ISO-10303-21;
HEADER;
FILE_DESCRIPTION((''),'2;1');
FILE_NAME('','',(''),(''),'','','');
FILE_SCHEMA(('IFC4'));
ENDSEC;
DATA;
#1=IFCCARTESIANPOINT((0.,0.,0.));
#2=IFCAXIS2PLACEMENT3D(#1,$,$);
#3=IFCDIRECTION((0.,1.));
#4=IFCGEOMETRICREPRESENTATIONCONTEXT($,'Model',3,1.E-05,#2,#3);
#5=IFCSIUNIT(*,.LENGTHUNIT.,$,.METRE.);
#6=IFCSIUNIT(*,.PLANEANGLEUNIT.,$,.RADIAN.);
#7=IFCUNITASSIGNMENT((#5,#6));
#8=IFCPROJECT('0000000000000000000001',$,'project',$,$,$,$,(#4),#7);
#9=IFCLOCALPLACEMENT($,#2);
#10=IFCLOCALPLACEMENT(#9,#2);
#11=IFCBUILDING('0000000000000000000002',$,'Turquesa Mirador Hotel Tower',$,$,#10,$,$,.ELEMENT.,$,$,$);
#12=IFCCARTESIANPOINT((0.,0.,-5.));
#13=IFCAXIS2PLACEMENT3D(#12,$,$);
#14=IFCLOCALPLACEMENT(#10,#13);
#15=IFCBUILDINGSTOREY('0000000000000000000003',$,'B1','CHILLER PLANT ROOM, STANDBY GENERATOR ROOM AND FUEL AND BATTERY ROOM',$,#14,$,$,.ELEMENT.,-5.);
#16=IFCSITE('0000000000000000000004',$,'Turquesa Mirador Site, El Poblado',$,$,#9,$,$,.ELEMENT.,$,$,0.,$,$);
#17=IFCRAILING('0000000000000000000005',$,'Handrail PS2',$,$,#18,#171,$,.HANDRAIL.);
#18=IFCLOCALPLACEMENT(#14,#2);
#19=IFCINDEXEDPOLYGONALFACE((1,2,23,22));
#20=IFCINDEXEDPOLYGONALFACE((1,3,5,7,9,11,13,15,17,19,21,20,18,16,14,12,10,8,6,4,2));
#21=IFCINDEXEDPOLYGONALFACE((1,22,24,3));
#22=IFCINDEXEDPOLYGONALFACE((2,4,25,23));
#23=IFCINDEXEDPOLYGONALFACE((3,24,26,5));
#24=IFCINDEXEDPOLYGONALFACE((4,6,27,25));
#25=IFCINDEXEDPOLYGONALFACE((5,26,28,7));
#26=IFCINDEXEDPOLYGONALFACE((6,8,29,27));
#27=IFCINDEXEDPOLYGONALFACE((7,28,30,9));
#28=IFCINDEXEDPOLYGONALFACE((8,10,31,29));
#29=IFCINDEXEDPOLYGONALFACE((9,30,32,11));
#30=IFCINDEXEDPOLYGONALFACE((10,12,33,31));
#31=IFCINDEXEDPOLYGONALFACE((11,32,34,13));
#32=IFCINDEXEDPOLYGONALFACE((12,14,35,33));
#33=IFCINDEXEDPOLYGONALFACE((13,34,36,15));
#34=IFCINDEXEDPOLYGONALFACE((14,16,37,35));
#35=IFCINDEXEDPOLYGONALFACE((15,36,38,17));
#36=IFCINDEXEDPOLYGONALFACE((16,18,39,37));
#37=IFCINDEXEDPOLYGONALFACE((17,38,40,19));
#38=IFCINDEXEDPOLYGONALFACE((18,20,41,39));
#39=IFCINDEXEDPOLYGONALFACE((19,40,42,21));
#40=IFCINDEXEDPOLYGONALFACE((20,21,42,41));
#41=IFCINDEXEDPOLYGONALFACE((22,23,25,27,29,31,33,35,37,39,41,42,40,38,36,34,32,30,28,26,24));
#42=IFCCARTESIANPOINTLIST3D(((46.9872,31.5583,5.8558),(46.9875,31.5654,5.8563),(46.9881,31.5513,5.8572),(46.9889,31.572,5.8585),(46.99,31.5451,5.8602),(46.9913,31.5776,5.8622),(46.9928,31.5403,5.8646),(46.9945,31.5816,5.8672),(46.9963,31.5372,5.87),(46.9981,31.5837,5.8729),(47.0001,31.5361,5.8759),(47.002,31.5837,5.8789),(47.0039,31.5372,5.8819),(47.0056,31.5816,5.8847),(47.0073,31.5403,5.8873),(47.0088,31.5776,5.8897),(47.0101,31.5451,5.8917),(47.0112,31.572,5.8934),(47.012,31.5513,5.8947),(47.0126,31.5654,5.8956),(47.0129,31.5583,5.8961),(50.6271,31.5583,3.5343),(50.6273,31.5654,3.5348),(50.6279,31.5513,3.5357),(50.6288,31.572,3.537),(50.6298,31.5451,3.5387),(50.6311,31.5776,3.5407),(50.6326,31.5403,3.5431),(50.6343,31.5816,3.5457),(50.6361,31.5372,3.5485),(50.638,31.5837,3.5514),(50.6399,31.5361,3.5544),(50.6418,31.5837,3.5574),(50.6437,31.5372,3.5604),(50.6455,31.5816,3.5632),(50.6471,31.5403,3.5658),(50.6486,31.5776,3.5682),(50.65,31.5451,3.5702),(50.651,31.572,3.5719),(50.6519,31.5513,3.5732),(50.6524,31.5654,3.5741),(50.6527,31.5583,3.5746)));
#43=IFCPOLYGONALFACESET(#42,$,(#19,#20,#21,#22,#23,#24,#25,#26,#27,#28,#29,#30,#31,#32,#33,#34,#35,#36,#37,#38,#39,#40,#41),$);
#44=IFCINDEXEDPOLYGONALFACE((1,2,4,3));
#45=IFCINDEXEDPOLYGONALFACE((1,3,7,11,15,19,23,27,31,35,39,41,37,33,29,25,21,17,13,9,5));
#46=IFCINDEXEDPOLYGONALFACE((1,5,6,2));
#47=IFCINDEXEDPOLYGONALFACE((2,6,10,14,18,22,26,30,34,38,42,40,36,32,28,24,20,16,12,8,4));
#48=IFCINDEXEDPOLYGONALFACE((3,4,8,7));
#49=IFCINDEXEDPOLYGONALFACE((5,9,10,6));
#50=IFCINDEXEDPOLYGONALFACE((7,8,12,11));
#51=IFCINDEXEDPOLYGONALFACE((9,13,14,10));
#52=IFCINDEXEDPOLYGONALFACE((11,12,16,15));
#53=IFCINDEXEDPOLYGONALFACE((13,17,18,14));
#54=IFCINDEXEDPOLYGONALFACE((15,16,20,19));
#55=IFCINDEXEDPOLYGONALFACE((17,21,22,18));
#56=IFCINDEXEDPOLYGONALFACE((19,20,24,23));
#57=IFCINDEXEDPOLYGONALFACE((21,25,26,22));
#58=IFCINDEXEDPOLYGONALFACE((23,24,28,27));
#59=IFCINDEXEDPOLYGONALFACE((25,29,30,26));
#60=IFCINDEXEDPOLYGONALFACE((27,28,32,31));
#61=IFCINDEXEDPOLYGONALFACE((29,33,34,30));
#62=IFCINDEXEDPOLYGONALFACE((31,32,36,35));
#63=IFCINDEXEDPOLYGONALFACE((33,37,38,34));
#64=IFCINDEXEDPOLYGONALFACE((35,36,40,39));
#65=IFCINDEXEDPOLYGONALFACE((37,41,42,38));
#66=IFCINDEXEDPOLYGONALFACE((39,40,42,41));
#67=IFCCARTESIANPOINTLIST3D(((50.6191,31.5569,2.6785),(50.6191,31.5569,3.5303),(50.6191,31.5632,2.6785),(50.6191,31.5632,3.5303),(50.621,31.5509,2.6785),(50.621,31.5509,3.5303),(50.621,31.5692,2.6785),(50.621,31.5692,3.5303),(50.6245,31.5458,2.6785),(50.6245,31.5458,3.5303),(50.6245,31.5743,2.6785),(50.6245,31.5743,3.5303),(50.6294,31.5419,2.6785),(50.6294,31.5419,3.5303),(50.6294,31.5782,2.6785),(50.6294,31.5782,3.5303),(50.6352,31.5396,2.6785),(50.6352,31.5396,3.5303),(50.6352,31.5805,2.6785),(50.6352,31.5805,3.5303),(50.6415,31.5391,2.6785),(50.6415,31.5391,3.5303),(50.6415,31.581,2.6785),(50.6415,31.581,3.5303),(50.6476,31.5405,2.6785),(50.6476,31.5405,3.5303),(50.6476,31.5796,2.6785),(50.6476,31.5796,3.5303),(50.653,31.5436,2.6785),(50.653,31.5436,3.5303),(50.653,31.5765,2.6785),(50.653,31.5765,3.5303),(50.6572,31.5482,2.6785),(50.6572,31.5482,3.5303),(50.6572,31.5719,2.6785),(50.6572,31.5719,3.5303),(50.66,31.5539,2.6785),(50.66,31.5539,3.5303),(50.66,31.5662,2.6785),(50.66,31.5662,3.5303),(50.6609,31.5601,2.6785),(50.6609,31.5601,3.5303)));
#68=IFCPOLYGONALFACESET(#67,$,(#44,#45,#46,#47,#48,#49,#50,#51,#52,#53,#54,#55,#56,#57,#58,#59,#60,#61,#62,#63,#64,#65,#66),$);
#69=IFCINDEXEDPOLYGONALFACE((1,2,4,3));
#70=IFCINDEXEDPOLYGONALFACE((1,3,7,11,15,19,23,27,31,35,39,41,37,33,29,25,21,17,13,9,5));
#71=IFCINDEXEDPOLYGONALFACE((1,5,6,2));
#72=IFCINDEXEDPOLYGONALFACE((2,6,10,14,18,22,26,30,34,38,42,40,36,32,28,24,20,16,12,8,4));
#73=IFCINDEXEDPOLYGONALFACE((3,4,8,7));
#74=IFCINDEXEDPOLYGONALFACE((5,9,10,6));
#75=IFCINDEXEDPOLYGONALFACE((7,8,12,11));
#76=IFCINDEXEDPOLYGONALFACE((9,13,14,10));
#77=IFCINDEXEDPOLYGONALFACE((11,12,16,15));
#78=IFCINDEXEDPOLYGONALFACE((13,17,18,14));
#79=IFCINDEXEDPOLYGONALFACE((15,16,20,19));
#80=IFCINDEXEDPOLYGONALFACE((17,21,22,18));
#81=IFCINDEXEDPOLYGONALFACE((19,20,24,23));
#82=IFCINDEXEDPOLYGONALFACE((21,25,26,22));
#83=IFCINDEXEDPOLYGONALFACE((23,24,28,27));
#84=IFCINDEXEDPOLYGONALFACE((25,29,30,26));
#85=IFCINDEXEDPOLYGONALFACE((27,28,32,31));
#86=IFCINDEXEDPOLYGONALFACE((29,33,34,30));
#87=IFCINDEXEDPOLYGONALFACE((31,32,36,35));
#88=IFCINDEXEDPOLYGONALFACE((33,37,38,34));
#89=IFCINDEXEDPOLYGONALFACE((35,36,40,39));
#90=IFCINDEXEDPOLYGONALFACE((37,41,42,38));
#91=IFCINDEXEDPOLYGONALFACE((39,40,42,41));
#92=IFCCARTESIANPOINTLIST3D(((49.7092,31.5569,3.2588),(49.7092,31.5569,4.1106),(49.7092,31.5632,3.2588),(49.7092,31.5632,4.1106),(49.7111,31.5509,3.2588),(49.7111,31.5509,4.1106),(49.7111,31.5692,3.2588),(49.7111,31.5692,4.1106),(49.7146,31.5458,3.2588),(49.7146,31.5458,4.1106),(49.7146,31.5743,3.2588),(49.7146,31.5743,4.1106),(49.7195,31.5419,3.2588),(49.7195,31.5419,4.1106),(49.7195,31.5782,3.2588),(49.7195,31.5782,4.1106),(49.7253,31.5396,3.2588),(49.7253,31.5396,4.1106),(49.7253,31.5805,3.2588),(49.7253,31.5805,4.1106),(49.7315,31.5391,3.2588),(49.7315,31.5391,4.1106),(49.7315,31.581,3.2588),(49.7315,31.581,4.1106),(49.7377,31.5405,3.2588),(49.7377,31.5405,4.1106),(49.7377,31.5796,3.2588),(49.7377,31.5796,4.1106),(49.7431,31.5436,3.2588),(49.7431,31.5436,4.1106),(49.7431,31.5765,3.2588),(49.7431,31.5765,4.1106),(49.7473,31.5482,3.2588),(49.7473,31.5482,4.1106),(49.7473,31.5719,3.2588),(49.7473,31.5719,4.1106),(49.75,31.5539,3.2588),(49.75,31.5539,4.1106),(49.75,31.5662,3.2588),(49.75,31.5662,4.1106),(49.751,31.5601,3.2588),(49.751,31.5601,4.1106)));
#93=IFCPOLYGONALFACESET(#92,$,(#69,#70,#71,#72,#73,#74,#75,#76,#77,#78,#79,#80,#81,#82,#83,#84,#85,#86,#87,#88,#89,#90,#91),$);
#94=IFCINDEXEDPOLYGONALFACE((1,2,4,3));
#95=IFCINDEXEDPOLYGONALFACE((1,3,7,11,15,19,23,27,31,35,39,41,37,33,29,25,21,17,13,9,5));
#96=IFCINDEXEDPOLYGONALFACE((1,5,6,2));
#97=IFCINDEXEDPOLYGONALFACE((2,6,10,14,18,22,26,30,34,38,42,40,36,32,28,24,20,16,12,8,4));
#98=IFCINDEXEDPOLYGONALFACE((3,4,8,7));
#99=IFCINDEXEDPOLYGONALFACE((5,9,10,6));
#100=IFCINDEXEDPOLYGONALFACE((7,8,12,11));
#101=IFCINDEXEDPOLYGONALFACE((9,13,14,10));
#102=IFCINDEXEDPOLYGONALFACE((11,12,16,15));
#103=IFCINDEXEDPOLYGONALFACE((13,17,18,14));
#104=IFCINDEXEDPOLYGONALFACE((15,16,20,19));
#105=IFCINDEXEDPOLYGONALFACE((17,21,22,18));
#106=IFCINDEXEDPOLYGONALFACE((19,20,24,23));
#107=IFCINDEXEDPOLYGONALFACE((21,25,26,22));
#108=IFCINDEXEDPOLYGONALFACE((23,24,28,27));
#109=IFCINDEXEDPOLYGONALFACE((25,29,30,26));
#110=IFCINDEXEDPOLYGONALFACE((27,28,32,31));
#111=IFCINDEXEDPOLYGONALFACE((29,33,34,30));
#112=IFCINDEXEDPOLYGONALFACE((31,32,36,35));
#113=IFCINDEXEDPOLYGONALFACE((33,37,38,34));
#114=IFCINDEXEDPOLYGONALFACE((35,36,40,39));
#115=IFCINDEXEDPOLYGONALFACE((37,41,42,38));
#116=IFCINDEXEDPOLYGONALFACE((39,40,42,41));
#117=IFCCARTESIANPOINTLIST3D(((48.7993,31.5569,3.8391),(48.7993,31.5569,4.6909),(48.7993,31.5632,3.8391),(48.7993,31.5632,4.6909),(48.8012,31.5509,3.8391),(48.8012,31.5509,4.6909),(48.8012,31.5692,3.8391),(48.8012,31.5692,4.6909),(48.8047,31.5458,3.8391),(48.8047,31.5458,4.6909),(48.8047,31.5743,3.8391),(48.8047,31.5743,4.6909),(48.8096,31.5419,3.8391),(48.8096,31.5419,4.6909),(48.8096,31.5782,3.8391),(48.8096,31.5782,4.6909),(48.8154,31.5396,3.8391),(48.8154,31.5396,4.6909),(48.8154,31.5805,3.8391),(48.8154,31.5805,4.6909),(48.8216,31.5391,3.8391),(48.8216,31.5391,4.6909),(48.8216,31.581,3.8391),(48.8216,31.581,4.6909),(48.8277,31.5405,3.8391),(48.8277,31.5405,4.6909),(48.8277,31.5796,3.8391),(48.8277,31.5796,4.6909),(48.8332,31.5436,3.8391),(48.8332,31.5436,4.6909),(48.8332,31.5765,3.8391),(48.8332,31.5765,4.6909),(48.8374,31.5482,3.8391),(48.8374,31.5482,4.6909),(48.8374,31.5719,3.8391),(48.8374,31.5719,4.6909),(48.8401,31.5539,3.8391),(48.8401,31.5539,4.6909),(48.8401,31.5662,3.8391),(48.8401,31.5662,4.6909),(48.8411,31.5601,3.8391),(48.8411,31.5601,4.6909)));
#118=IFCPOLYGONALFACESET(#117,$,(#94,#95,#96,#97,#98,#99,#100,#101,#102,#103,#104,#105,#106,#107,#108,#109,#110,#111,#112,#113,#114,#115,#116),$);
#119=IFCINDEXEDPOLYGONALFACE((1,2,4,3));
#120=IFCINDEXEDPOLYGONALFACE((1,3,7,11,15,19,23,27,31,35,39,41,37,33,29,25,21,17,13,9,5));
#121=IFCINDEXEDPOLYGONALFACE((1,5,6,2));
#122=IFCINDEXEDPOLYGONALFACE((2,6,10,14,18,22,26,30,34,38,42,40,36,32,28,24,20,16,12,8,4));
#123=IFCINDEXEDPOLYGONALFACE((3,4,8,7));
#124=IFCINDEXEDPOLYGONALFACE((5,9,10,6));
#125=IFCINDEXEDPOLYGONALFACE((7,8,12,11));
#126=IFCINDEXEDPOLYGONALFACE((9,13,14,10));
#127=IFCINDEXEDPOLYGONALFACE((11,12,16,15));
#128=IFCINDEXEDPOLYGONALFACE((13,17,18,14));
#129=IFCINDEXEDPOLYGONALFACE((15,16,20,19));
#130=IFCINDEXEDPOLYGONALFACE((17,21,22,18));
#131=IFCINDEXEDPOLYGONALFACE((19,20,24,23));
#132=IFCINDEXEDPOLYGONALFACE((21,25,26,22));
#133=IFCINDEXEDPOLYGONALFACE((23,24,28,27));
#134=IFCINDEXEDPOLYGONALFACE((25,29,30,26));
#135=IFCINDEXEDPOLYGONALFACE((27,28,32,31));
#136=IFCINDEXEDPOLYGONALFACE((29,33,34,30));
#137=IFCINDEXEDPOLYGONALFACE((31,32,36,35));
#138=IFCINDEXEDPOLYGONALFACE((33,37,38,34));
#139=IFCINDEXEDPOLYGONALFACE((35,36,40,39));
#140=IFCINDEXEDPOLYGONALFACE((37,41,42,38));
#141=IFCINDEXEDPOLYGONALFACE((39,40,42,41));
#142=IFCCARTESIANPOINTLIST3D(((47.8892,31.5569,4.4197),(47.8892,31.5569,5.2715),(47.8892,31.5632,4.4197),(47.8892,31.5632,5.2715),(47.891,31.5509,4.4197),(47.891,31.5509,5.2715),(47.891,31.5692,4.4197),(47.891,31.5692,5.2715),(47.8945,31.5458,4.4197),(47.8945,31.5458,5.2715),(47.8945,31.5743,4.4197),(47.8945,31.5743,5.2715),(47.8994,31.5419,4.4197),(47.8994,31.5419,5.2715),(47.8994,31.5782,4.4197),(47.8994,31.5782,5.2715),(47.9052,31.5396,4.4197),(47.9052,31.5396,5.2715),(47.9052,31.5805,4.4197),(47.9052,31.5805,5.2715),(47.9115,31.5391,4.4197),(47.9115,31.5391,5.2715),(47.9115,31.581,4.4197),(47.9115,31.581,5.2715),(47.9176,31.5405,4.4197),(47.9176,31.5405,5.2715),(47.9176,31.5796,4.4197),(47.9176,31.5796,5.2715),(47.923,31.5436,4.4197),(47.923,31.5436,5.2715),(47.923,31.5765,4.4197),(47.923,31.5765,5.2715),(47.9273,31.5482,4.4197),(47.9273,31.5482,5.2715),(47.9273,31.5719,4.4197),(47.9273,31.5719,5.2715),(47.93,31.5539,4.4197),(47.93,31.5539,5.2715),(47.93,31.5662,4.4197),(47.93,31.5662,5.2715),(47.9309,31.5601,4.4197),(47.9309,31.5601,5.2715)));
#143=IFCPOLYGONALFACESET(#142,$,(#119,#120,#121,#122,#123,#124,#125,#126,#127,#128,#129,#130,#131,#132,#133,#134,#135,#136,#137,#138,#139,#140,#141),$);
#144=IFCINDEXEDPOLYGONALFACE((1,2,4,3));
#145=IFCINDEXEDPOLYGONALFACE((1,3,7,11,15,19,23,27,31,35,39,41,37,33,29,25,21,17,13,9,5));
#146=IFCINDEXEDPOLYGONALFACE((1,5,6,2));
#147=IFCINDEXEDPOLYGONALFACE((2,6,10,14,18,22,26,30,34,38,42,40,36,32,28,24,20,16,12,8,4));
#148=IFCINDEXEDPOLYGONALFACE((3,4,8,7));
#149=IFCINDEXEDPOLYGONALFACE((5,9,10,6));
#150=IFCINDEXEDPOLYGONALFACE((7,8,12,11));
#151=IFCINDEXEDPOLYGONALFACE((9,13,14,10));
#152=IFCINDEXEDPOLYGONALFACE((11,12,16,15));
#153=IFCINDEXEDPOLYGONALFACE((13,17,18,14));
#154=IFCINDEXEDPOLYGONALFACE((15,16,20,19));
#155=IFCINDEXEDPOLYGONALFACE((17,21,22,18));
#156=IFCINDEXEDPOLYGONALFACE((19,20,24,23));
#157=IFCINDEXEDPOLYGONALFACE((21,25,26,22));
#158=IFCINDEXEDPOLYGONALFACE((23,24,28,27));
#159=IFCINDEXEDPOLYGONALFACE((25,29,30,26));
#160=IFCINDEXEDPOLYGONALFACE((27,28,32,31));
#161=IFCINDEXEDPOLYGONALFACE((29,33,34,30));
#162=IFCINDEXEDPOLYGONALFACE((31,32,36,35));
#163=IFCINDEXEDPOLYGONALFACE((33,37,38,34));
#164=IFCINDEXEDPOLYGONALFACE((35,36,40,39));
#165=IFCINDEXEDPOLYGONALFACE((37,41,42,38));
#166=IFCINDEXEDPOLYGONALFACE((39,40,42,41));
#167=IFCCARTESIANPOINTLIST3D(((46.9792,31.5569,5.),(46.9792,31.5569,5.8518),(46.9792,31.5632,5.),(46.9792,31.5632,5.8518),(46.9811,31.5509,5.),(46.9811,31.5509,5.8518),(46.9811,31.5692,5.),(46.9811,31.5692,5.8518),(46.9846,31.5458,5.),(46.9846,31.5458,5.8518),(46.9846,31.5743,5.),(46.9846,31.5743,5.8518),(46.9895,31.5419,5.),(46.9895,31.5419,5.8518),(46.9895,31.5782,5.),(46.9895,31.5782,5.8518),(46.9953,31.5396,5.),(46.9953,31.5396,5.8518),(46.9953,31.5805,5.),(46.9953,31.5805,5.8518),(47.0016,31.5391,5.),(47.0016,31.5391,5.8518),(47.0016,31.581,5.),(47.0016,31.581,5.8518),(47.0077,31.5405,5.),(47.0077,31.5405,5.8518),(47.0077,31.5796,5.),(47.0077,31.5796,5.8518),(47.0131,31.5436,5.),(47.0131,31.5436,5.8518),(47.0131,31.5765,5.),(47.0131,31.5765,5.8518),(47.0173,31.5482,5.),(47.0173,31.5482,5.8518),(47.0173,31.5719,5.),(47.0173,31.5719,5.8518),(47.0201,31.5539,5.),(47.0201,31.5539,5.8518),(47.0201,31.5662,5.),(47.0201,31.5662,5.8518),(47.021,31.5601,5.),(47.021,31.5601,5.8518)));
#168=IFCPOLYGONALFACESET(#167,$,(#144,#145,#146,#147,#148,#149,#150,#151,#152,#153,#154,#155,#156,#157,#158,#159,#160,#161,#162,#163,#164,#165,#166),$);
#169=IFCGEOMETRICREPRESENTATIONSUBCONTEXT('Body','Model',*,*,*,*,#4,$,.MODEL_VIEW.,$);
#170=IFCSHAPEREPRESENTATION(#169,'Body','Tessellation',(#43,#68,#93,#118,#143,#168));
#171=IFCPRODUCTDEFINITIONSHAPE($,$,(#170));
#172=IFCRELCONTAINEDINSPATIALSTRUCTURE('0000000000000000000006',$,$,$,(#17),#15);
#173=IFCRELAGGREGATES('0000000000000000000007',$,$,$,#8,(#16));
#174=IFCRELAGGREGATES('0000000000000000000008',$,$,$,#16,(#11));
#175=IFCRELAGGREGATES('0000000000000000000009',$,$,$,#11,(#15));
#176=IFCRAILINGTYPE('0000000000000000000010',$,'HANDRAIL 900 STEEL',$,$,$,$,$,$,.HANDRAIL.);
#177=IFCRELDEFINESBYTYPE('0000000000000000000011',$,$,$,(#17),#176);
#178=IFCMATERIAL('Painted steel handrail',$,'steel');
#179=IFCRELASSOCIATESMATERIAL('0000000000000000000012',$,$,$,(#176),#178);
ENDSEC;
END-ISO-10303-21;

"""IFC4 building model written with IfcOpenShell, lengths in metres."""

from ifc_helpers import new_model, si_unit, direction, frame, origin, origin_2d, place, context, subcontext, project, spatial, circle, extrude, material, type_object, element, save


model = new_model("IFC4")

# Units and contexts
model_context = context("Model", 3, precision=1e-05, world=origin(), true_north=direction((0.0, 1.0)))
body_context = subcontext(model_context, "Body", "Model", "MODEL_VIEW")
ifc_project = project(units=[si_unit("LENGTHUNIT", "METRE"), si_unit("PLANEANGLEUNIT", "RADIAN")], contexts=[model_context])

# Site, building, storey
site_placement = place(None, origin())
site = spatial("IfcSite", under=ifc_project, at=site_placement, Name="Turquesa Mirador Site, El Poblado", CompositionType="ELEMENT", RefElevation=0.0)
building_placement = place(site_placement, origin())
building = spatial("IfcBuilding", under=site, at=building_placement, Name="Turquesa Mirador Hotel Tower", CompositionType="ELEMENT")
storey_placement = place(building_placement, frame((0.0, 0.0, -5.0)))
storey = spatial("IfcBuildingStorey", under=building, at=storey_placement, Name="B1", Description="CHILLER PLANT ROOM, STANDBY GENERATOR ROOM AND FUEL AND BATTERY ROOM", CompositionType="ELEMENT", Elevation=-5.0)

# Railing
ifc_material_1 = material(Name="Painted steel handrail", Category="steel")
railing_type = type_object("IfcRailingType", Name="HANDRAIL 900 STEEL", PredefinedType="HANDRAIL", material=ifc_material_1)
railing_1_placement = place(storey_placement, frame((50.6399, 31.5601, 2.6785)))
element("IfcRailing", 1, at=railing_1_placement, inside=storey, type_object=railing_type, Name="Handrail PS2", PredefinedType="HANDRAIL", context=body_context, shape_type="SweptSolid", body=[
    extrude(circle(Radius=0.0239, at=origin_2d()), frame((0.0, 0.0, 0.876), z_axis=(-0.843112, 0.0, 0.537739), x_axis=(0.0, -1.0, 0.0)), (0.0, 0.0, 1.0), 4.3171),
    extrude(circle(Radius=0.021, at=origin_2d()), origin(), (0.0, 0.0, 1.0), 0.8518),
    extrude(circle(Radius=0.021, at=origin_2d()), frame((-0.9099, 0.0, 0.5803)), (0.0, 0.0, 1.0), 0.8518),
    extrude(circle(Radius=0.021, at=origin_2d()), frame((-1.8198, 0.0, 1.1606)), (0.0, 0.0, 1.0), 0.8518),
    extrude(circle(Radius=0.021, at=origin_2d()), frame((-2.73, 0.0, 1.7412)), (0.0, 0.0, 1.0), 0.8518),
    extrude(circle(Radius=0.021, at=origin_2d()), frame((-3.6399, 0.0, 2.3215)), (0.0, 0.0, 1.0), 0.8518),
])

save(model, "model.ifc")
